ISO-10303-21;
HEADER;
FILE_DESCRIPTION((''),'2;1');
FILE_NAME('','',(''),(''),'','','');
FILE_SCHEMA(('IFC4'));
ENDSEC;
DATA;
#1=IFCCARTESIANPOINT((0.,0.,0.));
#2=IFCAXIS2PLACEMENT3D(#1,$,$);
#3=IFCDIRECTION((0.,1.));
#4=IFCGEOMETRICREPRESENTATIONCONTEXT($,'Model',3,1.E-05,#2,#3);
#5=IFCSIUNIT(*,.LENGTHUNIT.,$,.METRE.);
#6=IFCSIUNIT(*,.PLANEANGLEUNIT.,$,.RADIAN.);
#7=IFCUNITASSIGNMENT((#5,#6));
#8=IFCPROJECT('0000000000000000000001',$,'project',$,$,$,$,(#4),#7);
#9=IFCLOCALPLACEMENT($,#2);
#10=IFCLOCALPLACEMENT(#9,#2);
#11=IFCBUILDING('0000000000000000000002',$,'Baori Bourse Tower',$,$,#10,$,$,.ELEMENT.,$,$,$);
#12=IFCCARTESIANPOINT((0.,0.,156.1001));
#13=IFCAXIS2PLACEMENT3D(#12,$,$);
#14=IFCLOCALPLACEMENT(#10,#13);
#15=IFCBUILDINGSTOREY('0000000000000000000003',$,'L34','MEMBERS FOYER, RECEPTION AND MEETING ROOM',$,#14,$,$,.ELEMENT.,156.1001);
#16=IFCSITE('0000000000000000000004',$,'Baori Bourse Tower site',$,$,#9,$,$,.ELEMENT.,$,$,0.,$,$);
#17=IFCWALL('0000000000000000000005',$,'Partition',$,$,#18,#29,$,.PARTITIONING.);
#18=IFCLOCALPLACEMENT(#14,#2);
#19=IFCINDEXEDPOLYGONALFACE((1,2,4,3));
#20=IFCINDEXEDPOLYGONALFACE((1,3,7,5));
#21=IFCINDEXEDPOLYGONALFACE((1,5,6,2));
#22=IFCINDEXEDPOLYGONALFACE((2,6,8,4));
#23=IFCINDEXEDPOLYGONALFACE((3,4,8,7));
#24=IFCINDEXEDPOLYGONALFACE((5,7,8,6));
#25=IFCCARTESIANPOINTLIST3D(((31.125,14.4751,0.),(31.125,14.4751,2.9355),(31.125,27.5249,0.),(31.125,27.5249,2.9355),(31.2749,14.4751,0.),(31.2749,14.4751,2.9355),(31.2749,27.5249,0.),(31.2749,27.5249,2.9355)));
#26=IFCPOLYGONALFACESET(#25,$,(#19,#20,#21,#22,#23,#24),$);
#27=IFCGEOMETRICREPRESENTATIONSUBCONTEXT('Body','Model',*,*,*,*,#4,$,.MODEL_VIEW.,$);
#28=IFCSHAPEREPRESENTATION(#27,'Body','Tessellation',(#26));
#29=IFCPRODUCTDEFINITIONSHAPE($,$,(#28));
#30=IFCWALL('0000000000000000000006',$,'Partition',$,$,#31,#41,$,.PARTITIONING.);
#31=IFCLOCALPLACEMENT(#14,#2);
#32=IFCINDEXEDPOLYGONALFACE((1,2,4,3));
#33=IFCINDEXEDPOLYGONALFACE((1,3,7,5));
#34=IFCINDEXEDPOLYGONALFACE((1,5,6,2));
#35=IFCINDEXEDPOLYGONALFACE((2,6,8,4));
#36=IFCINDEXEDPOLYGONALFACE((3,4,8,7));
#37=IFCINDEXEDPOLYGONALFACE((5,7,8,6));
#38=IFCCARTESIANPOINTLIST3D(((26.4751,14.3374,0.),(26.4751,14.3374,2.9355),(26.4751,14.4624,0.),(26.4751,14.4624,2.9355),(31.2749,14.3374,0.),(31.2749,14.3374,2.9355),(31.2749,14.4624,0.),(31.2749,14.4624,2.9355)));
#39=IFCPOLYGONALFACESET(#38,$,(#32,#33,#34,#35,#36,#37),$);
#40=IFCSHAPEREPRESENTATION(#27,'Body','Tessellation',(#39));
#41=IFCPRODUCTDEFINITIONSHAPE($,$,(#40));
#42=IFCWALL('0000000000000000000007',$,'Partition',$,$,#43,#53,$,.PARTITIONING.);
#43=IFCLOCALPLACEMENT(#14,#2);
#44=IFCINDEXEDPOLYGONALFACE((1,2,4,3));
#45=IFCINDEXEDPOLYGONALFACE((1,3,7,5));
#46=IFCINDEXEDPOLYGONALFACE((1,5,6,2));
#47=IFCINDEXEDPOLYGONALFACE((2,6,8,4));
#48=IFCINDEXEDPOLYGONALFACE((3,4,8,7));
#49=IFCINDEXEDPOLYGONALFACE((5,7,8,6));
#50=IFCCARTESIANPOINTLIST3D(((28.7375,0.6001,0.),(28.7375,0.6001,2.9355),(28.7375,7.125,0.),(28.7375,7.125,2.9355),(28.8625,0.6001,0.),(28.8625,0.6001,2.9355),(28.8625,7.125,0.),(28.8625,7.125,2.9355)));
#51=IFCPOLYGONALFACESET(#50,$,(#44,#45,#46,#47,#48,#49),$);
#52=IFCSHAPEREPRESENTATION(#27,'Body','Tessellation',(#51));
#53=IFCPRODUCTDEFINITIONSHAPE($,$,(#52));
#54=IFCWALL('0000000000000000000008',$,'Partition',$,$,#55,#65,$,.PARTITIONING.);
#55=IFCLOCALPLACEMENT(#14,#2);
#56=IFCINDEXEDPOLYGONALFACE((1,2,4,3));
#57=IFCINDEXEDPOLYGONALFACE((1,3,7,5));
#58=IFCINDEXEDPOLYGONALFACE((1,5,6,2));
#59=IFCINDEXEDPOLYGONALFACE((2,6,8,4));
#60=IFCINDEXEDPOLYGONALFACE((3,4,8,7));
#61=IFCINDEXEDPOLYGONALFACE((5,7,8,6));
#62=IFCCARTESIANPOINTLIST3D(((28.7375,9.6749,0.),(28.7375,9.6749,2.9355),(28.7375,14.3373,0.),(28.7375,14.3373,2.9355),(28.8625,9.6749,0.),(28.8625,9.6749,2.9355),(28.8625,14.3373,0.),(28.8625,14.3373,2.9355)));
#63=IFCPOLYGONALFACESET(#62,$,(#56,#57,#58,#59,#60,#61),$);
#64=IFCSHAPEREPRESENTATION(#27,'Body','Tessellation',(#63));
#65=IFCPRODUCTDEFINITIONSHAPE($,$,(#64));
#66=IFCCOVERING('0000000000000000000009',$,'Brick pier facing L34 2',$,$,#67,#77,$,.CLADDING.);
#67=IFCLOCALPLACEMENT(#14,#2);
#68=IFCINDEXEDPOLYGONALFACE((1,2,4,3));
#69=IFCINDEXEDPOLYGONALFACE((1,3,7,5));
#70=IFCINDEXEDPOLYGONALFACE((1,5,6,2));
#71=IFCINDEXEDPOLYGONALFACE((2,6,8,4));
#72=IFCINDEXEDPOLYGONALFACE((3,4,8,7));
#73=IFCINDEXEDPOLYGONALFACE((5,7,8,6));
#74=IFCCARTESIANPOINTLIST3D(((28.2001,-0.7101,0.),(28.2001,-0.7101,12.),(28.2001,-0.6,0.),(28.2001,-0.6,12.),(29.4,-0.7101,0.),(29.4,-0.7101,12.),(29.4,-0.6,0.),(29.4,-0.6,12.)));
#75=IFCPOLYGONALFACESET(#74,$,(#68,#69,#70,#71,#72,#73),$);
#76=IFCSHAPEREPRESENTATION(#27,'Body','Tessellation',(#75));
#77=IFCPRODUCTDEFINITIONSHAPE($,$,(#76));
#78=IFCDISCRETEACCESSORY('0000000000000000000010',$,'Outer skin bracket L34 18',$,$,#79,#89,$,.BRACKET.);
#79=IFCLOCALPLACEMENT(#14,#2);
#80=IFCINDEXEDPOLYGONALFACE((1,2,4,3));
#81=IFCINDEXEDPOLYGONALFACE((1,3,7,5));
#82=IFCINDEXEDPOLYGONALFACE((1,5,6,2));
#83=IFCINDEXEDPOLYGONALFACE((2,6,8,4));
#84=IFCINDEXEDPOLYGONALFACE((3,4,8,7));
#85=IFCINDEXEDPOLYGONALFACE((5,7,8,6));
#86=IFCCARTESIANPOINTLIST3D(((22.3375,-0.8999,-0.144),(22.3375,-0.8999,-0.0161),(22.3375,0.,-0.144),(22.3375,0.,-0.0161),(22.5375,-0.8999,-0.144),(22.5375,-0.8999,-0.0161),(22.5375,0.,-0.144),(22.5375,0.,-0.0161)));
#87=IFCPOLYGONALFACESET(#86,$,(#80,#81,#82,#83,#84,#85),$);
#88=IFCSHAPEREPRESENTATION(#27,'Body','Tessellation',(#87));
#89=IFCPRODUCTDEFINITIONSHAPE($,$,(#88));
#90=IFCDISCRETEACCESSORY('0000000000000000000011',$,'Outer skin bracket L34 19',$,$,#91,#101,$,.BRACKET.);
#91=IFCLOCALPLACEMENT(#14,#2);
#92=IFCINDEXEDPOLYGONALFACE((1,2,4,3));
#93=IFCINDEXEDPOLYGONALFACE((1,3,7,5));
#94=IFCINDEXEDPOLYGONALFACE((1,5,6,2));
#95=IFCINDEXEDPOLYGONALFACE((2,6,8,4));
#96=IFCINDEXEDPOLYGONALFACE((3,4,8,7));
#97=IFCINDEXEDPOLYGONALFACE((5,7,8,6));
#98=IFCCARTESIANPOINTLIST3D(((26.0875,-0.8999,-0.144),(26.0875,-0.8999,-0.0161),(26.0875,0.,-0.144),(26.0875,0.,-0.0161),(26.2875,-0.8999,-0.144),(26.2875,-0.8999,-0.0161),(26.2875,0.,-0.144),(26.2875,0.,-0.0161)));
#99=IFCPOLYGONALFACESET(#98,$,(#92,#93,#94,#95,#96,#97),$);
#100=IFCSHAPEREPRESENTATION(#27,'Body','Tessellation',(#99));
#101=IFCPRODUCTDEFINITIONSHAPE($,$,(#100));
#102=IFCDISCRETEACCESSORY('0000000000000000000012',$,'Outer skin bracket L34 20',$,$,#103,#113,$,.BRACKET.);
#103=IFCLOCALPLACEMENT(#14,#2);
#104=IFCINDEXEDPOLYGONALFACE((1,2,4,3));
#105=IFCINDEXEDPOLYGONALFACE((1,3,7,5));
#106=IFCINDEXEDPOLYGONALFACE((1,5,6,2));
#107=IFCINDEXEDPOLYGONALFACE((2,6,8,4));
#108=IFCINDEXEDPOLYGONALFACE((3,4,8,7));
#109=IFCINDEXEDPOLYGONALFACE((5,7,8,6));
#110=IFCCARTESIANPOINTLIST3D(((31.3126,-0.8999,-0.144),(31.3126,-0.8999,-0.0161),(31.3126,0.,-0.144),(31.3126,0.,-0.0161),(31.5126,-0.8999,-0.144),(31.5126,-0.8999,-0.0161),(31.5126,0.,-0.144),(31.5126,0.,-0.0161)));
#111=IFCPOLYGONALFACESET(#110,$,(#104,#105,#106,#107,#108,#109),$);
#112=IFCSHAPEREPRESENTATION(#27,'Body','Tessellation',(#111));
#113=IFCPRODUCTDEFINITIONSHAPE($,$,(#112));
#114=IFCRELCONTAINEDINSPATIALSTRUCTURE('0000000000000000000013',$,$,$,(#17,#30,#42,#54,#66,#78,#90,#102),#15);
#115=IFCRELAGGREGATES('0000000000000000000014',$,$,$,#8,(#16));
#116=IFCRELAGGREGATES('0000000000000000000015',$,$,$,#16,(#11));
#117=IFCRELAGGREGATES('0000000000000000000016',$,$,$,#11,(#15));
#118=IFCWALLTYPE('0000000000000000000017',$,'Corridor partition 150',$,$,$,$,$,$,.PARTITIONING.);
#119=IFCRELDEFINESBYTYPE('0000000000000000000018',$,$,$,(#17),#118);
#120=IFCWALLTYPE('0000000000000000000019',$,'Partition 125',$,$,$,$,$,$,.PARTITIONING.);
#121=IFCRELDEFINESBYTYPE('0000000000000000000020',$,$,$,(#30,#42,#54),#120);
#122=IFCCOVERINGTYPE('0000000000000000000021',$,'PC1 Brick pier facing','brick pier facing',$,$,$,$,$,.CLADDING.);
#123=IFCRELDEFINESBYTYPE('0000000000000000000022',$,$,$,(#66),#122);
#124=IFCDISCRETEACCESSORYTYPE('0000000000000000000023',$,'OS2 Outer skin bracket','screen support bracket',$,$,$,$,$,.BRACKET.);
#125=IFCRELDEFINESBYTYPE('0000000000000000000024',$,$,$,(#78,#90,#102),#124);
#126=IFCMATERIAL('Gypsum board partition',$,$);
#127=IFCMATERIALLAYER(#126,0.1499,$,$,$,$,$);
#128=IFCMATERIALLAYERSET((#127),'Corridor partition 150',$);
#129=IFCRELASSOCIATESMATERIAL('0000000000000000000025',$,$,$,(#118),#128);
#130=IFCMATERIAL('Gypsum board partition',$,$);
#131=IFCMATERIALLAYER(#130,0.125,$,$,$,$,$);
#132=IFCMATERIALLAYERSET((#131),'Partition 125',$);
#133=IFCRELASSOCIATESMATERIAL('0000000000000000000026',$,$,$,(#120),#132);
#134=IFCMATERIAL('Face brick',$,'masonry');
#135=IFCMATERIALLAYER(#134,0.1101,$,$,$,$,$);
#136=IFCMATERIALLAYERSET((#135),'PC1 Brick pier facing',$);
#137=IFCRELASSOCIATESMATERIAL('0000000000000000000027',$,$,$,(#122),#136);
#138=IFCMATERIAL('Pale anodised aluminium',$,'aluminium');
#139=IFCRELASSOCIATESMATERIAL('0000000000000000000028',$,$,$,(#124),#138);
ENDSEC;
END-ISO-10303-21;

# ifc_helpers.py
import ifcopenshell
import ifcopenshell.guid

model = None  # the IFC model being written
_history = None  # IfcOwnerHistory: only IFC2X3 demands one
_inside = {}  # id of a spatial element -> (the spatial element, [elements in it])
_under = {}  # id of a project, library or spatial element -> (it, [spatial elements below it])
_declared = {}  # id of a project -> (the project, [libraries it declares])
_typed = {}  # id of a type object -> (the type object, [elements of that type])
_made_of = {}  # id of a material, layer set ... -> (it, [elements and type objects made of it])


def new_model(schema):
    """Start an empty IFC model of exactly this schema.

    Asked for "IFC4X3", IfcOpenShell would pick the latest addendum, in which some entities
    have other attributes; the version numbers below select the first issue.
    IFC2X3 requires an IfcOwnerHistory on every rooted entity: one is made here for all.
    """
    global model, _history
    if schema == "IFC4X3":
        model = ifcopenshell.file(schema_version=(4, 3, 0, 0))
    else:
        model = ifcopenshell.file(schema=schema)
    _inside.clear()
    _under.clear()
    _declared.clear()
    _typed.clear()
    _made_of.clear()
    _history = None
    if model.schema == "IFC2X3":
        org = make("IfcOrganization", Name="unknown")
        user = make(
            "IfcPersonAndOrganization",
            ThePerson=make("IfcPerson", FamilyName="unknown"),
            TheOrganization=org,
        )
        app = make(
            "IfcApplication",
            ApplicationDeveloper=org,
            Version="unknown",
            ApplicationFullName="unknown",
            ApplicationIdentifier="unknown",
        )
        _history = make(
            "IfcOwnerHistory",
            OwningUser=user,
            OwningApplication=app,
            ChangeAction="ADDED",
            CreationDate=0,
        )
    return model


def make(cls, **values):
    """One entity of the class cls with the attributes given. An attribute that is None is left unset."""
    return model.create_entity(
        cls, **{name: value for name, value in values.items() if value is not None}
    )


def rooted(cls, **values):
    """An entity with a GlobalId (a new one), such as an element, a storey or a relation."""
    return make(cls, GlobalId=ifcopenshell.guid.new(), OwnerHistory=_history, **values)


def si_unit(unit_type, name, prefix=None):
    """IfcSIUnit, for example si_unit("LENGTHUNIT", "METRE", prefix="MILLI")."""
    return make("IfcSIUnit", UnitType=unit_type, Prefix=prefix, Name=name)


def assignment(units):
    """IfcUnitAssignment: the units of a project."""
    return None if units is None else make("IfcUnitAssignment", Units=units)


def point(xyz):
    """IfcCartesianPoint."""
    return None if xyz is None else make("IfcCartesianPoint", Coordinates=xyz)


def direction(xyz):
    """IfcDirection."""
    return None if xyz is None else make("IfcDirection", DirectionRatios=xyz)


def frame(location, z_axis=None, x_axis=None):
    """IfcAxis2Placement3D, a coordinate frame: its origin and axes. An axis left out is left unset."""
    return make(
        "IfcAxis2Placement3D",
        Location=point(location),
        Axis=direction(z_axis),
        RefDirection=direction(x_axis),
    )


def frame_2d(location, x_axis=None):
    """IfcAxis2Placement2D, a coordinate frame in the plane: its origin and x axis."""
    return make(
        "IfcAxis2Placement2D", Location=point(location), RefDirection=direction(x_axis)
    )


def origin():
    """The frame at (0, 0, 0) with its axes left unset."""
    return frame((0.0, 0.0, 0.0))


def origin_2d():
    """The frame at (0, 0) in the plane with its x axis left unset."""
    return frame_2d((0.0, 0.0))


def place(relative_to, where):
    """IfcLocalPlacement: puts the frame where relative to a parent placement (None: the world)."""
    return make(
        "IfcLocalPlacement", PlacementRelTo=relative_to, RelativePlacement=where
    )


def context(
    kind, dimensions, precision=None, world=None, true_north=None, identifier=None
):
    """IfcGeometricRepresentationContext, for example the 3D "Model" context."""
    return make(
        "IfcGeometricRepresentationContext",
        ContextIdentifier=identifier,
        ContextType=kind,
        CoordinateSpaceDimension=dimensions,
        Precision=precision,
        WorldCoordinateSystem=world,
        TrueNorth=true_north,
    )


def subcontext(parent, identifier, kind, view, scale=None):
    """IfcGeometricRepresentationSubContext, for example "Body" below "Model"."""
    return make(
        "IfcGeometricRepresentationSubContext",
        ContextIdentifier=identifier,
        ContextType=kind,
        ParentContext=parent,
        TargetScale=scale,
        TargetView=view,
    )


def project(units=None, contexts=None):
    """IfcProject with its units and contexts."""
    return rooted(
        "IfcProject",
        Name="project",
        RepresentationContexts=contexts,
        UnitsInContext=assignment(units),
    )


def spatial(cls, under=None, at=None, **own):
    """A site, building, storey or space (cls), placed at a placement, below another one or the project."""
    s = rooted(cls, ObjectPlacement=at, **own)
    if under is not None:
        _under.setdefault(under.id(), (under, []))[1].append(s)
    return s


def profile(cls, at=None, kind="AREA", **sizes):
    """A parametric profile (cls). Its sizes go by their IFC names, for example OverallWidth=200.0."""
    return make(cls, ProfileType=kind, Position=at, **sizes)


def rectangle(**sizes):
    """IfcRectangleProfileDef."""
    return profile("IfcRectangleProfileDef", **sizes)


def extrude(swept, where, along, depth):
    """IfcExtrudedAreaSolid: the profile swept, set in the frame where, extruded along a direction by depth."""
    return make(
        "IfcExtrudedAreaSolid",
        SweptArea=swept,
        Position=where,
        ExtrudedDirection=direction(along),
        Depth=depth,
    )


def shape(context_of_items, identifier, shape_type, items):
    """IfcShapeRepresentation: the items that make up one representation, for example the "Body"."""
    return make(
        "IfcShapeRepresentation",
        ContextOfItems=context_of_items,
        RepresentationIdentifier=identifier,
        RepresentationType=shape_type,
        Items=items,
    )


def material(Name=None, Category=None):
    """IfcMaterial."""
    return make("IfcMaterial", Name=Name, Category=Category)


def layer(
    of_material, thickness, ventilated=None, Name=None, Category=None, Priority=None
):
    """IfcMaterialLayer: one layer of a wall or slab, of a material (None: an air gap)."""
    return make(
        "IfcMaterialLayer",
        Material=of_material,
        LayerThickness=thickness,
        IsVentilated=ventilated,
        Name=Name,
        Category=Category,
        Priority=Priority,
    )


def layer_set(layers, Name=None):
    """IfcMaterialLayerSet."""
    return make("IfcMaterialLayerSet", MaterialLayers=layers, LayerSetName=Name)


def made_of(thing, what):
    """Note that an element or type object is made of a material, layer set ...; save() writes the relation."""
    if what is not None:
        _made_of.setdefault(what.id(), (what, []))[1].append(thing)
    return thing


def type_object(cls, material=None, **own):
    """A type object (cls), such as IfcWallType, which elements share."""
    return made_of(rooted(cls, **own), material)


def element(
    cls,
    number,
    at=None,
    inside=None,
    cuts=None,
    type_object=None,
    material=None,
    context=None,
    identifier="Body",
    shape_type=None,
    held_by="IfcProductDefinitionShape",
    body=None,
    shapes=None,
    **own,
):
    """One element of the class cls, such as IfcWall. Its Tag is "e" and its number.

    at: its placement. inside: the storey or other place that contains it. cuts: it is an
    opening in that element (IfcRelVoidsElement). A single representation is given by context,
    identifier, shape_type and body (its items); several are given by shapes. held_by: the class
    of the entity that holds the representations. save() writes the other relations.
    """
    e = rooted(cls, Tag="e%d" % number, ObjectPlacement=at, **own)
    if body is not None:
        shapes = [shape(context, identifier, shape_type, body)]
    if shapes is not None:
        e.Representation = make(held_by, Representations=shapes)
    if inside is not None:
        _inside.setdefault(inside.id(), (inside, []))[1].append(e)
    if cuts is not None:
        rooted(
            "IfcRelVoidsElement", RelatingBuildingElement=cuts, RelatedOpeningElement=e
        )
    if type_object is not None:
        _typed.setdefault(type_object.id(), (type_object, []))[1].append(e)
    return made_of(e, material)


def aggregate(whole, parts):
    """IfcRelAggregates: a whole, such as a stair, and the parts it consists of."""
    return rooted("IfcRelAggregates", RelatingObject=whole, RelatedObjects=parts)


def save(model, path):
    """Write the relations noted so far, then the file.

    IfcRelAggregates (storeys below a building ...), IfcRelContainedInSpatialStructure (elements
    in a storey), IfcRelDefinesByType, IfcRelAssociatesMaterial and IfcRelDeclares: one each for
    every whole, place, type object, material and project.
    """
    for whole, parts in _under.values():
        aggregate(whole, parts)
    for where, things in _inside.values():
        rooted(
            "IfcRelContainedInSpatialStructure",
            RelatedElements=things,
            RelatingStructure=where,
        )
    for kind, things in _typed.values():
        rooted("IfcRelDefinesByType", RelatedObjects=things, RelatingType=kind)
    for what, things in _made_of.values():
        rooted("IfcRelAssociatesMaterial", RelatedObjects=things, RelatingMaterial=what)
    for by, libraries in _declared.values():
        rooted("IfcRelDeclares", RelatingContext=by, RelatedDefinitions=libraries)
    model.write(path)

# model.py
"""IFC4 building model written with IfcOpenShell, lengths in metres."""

from ifc_helpers import new_model, si_unit, direction, frame, frame_2d, origin, origin_2d, place, context, subcontext, project, spatial, rectangle, extrude, material, layer, layer_set, type_object, element, save


model = new_model("IFC4")

# Units and contexts
model_context = context("Model", 3, precision=1e-05, world=origin(), true_north=direction((0.0, 1.0)))
body_context = subcontext(model_context, "Body", "Model", "MODEL_VIEW")
ifc_project = project(units=[si_unit("LENGTHUNIT", "METRE"), si_unit("PLANEANGLEUNIT", "RADIAN")], contexts=[model_context])

# Site, building, storey
site_placement = place(None, origin())
site = spatial("IfcSite", under=ifc_project, at=site_placement, Name="Baori Bourse Tower site", CompositionType="ELEMENT", RefElevation=0.0)
building_placement = place(site_placement, origin())
building = spatial("IfcBuilding", under=site, at=building_placement, Name="Baori Bourse Tower", CompositionType="ELEMENT")
storey_placement = place(building_placement, frame((0.0, 0.0, 156.1001)))
storey = spatial("IfcBuildingStorey", under=building, at=storey_placement, Name="L34", Description="MEMBERS FOYER, RECEPTION AND MEETING ROOM", CompositionType="ELEMENT", Elevation=156.1001)

# Shared definitions
ifc_material_1 = material(Name="Gypsum board partition")
ifc_layer_1 = layer(ifc_material_1, 0.1499)
ifc_layer_set_1 = layer_set([ifc_layer_1], Name="Corridor partition 150")
wall_type_1 = type_object("IfcWallType", Name="Corridor partition 150", PredefinedType="PARTITIONING", material=ifc_layer_set_1)

# Walls
wall_1_placement = place(storey_placement, frame((31.2, 14.4751, 0.0), z_axis=(0.0, 0.0, 1.0), x_axis=(0.0, 1.0, 0.0)))
element("IfcWall", 1, at=wall_1_placement, inside=storey, type_object=wall_type_1, Name="Partition", PredefinedType="PARTITIONING", context=body_context, shape_type="SweptSolid", body=[
    extrude(rectangle(XDim=13.0498, YDim=0.1499, at=frame_2d((6.5249, 0.0))), origin(), (0.0, 0.0, 1.0), 2.9355),
])
ifc_material_2 = material(Name="Gypsum board partition")
ifc_layer_2 = layer(ifc_material_2, 0.125)
ifc_layer_set_2 = layer_set([ifc_layer_2], Name="Partition 125")
wall_type_2 = type_object("IfcWallType", Name="Partition 125", PredefinedType="PARTITIONING", material=ifc_layer_set_2)
wall_2_placement = place(storey_placement, frame((26.4751, 14.3999, 0.0), z_axis=(0.0, 0.0, 1.0), x_axis=(1.0, 0.0, 0.0)))
element("IfcWall", 2, at=wall_2_placement, inside=storey, type_object=wall_type_2, Name="Partition", PredefinedType="PARTITIONING", context=body_context, shape_type="SweptSolid", body=[
    extrude(rectangle(XDim=4.7998, YDim=0.125, at=frame_2d((2.3999, 0.0))), origin(), (0.0, 0.0, 1.0), 2.9355),
])
wall_3_placement = place(storey_placement, frame((28.8, 0.6001, 0.0), z_axis=(0.0, 0.0, 1.0), x_axis=(0.0, 1.0, 0.0)))
element("IfcWall", 3, at=wall_3_placement, inside=storey, type_object=wall_type_2, Name="Partition", PredefinedType="PARTITIONING", context=body_context, shape_type="SweptSolid", body=[
    extrude(rectangle(XDim=6.5249, YDim=0.125, at=frame_2d((3.2625, 0.0))), origin(), (0.0, 0.0, 1.0), 2.9355),
])
wall_4_placement = place(storey_placement, frame((28.8, 9.675, 0.0), z_axis=(0.0, 0.0, 1.0), x_axis=(0.0, 1.0, 0.0)))
element("IfcWall", 4, at=wall_4_placement, inside=storey, type_object=wall_type_2, Name="Partition", PredefinedType="PARTITIONING", context=body_context, shape_type="SweptSolid", body=[
    extrude(rectangle(XDim=4.6624, YDim=0.125, at=frame_2d((2.3311, 0.0))), origin(), (0.0, 0.0, 1.0), 2.9355),
])

# Covering
ifc_material_3 = material(Name="Face brick", Category="masonry")
ifc_layer_3 = layer(ifc_material_3, 0.1101)
ifc_layer_set_3 = layer_set([ifc_layer_3], Name="PC1 Brick pier facing")
covering_type = type_object("IfcCoveringType", Name="PC1 Brick pier facing", Description="brick pier facing", PredefinedType="CLADDING", material=ifc_layer_set_3)
covering_placement = place(storey_placement, frame((28.8, -0.655, 0.0), z_axis=(0.0, 0.0, 1.0), x_axis=(1.0, 0.0, 0.0)))
element("IfcCovering", 5, at=covering_placement, inside=storey, type_object=covering_type, Name="Brick pier facing L34 2", PredefinedType="CLADDING", context=body_context, shape_type="SweptSolid", body=[
    extrude(rectangle(XDim=1.2, YDim=0.1101, at=origin_2d()), origin(), (0.0, 0.0, 1.0), 12.0),
])

# Discrete accessories
ifc_material_4 = material(Name="Pale anodised aluminium", Category="aluminium")
discrete_accessory_type = type_object("IfcDiscreteAccessoryType", Name="OS2 Outer skin bracket", Description="screen support bracket", PredefinedType="BRACKET", material=ifc_material_4)
for number, where, z_axis, x_axis, name in (
    (6, (22.4375, -0.45, -0.144), (0.0, 0.0, 1.0), (1.0, 0.0, 0.0), "Outer skin bracket L34 18"),
    (7, (26.1875, -0.45, -0.144), (0.0, 0.0, 1.0), (1.0, 0.0, 0.0), "Outer skin bracket L34 19"),
    (8, (31.4126, -0.45, -0.144), (0.0, 0.0, 1.0), (1.0, 0.0, 0.0), "Outer skin bracket L34 20"),
):
    element("IfcDiscreteAccessory", number, at=place(storey_placement, frame(where, z_axis=z_axis, x_axis=x_axis)), inside=storey, type_object=discrete_accessory_type, Name=name, PredefinedType="BRACKET", context=body_context, shape_type="SweptSolid", body=[
        extrude(rectangle(XDim=0.2, YDim=0.8999, at=origin_2d()), origin(), (0.0, 0.0, 1.0), 0.1279),
    ])

save(model, "model.ifc")
